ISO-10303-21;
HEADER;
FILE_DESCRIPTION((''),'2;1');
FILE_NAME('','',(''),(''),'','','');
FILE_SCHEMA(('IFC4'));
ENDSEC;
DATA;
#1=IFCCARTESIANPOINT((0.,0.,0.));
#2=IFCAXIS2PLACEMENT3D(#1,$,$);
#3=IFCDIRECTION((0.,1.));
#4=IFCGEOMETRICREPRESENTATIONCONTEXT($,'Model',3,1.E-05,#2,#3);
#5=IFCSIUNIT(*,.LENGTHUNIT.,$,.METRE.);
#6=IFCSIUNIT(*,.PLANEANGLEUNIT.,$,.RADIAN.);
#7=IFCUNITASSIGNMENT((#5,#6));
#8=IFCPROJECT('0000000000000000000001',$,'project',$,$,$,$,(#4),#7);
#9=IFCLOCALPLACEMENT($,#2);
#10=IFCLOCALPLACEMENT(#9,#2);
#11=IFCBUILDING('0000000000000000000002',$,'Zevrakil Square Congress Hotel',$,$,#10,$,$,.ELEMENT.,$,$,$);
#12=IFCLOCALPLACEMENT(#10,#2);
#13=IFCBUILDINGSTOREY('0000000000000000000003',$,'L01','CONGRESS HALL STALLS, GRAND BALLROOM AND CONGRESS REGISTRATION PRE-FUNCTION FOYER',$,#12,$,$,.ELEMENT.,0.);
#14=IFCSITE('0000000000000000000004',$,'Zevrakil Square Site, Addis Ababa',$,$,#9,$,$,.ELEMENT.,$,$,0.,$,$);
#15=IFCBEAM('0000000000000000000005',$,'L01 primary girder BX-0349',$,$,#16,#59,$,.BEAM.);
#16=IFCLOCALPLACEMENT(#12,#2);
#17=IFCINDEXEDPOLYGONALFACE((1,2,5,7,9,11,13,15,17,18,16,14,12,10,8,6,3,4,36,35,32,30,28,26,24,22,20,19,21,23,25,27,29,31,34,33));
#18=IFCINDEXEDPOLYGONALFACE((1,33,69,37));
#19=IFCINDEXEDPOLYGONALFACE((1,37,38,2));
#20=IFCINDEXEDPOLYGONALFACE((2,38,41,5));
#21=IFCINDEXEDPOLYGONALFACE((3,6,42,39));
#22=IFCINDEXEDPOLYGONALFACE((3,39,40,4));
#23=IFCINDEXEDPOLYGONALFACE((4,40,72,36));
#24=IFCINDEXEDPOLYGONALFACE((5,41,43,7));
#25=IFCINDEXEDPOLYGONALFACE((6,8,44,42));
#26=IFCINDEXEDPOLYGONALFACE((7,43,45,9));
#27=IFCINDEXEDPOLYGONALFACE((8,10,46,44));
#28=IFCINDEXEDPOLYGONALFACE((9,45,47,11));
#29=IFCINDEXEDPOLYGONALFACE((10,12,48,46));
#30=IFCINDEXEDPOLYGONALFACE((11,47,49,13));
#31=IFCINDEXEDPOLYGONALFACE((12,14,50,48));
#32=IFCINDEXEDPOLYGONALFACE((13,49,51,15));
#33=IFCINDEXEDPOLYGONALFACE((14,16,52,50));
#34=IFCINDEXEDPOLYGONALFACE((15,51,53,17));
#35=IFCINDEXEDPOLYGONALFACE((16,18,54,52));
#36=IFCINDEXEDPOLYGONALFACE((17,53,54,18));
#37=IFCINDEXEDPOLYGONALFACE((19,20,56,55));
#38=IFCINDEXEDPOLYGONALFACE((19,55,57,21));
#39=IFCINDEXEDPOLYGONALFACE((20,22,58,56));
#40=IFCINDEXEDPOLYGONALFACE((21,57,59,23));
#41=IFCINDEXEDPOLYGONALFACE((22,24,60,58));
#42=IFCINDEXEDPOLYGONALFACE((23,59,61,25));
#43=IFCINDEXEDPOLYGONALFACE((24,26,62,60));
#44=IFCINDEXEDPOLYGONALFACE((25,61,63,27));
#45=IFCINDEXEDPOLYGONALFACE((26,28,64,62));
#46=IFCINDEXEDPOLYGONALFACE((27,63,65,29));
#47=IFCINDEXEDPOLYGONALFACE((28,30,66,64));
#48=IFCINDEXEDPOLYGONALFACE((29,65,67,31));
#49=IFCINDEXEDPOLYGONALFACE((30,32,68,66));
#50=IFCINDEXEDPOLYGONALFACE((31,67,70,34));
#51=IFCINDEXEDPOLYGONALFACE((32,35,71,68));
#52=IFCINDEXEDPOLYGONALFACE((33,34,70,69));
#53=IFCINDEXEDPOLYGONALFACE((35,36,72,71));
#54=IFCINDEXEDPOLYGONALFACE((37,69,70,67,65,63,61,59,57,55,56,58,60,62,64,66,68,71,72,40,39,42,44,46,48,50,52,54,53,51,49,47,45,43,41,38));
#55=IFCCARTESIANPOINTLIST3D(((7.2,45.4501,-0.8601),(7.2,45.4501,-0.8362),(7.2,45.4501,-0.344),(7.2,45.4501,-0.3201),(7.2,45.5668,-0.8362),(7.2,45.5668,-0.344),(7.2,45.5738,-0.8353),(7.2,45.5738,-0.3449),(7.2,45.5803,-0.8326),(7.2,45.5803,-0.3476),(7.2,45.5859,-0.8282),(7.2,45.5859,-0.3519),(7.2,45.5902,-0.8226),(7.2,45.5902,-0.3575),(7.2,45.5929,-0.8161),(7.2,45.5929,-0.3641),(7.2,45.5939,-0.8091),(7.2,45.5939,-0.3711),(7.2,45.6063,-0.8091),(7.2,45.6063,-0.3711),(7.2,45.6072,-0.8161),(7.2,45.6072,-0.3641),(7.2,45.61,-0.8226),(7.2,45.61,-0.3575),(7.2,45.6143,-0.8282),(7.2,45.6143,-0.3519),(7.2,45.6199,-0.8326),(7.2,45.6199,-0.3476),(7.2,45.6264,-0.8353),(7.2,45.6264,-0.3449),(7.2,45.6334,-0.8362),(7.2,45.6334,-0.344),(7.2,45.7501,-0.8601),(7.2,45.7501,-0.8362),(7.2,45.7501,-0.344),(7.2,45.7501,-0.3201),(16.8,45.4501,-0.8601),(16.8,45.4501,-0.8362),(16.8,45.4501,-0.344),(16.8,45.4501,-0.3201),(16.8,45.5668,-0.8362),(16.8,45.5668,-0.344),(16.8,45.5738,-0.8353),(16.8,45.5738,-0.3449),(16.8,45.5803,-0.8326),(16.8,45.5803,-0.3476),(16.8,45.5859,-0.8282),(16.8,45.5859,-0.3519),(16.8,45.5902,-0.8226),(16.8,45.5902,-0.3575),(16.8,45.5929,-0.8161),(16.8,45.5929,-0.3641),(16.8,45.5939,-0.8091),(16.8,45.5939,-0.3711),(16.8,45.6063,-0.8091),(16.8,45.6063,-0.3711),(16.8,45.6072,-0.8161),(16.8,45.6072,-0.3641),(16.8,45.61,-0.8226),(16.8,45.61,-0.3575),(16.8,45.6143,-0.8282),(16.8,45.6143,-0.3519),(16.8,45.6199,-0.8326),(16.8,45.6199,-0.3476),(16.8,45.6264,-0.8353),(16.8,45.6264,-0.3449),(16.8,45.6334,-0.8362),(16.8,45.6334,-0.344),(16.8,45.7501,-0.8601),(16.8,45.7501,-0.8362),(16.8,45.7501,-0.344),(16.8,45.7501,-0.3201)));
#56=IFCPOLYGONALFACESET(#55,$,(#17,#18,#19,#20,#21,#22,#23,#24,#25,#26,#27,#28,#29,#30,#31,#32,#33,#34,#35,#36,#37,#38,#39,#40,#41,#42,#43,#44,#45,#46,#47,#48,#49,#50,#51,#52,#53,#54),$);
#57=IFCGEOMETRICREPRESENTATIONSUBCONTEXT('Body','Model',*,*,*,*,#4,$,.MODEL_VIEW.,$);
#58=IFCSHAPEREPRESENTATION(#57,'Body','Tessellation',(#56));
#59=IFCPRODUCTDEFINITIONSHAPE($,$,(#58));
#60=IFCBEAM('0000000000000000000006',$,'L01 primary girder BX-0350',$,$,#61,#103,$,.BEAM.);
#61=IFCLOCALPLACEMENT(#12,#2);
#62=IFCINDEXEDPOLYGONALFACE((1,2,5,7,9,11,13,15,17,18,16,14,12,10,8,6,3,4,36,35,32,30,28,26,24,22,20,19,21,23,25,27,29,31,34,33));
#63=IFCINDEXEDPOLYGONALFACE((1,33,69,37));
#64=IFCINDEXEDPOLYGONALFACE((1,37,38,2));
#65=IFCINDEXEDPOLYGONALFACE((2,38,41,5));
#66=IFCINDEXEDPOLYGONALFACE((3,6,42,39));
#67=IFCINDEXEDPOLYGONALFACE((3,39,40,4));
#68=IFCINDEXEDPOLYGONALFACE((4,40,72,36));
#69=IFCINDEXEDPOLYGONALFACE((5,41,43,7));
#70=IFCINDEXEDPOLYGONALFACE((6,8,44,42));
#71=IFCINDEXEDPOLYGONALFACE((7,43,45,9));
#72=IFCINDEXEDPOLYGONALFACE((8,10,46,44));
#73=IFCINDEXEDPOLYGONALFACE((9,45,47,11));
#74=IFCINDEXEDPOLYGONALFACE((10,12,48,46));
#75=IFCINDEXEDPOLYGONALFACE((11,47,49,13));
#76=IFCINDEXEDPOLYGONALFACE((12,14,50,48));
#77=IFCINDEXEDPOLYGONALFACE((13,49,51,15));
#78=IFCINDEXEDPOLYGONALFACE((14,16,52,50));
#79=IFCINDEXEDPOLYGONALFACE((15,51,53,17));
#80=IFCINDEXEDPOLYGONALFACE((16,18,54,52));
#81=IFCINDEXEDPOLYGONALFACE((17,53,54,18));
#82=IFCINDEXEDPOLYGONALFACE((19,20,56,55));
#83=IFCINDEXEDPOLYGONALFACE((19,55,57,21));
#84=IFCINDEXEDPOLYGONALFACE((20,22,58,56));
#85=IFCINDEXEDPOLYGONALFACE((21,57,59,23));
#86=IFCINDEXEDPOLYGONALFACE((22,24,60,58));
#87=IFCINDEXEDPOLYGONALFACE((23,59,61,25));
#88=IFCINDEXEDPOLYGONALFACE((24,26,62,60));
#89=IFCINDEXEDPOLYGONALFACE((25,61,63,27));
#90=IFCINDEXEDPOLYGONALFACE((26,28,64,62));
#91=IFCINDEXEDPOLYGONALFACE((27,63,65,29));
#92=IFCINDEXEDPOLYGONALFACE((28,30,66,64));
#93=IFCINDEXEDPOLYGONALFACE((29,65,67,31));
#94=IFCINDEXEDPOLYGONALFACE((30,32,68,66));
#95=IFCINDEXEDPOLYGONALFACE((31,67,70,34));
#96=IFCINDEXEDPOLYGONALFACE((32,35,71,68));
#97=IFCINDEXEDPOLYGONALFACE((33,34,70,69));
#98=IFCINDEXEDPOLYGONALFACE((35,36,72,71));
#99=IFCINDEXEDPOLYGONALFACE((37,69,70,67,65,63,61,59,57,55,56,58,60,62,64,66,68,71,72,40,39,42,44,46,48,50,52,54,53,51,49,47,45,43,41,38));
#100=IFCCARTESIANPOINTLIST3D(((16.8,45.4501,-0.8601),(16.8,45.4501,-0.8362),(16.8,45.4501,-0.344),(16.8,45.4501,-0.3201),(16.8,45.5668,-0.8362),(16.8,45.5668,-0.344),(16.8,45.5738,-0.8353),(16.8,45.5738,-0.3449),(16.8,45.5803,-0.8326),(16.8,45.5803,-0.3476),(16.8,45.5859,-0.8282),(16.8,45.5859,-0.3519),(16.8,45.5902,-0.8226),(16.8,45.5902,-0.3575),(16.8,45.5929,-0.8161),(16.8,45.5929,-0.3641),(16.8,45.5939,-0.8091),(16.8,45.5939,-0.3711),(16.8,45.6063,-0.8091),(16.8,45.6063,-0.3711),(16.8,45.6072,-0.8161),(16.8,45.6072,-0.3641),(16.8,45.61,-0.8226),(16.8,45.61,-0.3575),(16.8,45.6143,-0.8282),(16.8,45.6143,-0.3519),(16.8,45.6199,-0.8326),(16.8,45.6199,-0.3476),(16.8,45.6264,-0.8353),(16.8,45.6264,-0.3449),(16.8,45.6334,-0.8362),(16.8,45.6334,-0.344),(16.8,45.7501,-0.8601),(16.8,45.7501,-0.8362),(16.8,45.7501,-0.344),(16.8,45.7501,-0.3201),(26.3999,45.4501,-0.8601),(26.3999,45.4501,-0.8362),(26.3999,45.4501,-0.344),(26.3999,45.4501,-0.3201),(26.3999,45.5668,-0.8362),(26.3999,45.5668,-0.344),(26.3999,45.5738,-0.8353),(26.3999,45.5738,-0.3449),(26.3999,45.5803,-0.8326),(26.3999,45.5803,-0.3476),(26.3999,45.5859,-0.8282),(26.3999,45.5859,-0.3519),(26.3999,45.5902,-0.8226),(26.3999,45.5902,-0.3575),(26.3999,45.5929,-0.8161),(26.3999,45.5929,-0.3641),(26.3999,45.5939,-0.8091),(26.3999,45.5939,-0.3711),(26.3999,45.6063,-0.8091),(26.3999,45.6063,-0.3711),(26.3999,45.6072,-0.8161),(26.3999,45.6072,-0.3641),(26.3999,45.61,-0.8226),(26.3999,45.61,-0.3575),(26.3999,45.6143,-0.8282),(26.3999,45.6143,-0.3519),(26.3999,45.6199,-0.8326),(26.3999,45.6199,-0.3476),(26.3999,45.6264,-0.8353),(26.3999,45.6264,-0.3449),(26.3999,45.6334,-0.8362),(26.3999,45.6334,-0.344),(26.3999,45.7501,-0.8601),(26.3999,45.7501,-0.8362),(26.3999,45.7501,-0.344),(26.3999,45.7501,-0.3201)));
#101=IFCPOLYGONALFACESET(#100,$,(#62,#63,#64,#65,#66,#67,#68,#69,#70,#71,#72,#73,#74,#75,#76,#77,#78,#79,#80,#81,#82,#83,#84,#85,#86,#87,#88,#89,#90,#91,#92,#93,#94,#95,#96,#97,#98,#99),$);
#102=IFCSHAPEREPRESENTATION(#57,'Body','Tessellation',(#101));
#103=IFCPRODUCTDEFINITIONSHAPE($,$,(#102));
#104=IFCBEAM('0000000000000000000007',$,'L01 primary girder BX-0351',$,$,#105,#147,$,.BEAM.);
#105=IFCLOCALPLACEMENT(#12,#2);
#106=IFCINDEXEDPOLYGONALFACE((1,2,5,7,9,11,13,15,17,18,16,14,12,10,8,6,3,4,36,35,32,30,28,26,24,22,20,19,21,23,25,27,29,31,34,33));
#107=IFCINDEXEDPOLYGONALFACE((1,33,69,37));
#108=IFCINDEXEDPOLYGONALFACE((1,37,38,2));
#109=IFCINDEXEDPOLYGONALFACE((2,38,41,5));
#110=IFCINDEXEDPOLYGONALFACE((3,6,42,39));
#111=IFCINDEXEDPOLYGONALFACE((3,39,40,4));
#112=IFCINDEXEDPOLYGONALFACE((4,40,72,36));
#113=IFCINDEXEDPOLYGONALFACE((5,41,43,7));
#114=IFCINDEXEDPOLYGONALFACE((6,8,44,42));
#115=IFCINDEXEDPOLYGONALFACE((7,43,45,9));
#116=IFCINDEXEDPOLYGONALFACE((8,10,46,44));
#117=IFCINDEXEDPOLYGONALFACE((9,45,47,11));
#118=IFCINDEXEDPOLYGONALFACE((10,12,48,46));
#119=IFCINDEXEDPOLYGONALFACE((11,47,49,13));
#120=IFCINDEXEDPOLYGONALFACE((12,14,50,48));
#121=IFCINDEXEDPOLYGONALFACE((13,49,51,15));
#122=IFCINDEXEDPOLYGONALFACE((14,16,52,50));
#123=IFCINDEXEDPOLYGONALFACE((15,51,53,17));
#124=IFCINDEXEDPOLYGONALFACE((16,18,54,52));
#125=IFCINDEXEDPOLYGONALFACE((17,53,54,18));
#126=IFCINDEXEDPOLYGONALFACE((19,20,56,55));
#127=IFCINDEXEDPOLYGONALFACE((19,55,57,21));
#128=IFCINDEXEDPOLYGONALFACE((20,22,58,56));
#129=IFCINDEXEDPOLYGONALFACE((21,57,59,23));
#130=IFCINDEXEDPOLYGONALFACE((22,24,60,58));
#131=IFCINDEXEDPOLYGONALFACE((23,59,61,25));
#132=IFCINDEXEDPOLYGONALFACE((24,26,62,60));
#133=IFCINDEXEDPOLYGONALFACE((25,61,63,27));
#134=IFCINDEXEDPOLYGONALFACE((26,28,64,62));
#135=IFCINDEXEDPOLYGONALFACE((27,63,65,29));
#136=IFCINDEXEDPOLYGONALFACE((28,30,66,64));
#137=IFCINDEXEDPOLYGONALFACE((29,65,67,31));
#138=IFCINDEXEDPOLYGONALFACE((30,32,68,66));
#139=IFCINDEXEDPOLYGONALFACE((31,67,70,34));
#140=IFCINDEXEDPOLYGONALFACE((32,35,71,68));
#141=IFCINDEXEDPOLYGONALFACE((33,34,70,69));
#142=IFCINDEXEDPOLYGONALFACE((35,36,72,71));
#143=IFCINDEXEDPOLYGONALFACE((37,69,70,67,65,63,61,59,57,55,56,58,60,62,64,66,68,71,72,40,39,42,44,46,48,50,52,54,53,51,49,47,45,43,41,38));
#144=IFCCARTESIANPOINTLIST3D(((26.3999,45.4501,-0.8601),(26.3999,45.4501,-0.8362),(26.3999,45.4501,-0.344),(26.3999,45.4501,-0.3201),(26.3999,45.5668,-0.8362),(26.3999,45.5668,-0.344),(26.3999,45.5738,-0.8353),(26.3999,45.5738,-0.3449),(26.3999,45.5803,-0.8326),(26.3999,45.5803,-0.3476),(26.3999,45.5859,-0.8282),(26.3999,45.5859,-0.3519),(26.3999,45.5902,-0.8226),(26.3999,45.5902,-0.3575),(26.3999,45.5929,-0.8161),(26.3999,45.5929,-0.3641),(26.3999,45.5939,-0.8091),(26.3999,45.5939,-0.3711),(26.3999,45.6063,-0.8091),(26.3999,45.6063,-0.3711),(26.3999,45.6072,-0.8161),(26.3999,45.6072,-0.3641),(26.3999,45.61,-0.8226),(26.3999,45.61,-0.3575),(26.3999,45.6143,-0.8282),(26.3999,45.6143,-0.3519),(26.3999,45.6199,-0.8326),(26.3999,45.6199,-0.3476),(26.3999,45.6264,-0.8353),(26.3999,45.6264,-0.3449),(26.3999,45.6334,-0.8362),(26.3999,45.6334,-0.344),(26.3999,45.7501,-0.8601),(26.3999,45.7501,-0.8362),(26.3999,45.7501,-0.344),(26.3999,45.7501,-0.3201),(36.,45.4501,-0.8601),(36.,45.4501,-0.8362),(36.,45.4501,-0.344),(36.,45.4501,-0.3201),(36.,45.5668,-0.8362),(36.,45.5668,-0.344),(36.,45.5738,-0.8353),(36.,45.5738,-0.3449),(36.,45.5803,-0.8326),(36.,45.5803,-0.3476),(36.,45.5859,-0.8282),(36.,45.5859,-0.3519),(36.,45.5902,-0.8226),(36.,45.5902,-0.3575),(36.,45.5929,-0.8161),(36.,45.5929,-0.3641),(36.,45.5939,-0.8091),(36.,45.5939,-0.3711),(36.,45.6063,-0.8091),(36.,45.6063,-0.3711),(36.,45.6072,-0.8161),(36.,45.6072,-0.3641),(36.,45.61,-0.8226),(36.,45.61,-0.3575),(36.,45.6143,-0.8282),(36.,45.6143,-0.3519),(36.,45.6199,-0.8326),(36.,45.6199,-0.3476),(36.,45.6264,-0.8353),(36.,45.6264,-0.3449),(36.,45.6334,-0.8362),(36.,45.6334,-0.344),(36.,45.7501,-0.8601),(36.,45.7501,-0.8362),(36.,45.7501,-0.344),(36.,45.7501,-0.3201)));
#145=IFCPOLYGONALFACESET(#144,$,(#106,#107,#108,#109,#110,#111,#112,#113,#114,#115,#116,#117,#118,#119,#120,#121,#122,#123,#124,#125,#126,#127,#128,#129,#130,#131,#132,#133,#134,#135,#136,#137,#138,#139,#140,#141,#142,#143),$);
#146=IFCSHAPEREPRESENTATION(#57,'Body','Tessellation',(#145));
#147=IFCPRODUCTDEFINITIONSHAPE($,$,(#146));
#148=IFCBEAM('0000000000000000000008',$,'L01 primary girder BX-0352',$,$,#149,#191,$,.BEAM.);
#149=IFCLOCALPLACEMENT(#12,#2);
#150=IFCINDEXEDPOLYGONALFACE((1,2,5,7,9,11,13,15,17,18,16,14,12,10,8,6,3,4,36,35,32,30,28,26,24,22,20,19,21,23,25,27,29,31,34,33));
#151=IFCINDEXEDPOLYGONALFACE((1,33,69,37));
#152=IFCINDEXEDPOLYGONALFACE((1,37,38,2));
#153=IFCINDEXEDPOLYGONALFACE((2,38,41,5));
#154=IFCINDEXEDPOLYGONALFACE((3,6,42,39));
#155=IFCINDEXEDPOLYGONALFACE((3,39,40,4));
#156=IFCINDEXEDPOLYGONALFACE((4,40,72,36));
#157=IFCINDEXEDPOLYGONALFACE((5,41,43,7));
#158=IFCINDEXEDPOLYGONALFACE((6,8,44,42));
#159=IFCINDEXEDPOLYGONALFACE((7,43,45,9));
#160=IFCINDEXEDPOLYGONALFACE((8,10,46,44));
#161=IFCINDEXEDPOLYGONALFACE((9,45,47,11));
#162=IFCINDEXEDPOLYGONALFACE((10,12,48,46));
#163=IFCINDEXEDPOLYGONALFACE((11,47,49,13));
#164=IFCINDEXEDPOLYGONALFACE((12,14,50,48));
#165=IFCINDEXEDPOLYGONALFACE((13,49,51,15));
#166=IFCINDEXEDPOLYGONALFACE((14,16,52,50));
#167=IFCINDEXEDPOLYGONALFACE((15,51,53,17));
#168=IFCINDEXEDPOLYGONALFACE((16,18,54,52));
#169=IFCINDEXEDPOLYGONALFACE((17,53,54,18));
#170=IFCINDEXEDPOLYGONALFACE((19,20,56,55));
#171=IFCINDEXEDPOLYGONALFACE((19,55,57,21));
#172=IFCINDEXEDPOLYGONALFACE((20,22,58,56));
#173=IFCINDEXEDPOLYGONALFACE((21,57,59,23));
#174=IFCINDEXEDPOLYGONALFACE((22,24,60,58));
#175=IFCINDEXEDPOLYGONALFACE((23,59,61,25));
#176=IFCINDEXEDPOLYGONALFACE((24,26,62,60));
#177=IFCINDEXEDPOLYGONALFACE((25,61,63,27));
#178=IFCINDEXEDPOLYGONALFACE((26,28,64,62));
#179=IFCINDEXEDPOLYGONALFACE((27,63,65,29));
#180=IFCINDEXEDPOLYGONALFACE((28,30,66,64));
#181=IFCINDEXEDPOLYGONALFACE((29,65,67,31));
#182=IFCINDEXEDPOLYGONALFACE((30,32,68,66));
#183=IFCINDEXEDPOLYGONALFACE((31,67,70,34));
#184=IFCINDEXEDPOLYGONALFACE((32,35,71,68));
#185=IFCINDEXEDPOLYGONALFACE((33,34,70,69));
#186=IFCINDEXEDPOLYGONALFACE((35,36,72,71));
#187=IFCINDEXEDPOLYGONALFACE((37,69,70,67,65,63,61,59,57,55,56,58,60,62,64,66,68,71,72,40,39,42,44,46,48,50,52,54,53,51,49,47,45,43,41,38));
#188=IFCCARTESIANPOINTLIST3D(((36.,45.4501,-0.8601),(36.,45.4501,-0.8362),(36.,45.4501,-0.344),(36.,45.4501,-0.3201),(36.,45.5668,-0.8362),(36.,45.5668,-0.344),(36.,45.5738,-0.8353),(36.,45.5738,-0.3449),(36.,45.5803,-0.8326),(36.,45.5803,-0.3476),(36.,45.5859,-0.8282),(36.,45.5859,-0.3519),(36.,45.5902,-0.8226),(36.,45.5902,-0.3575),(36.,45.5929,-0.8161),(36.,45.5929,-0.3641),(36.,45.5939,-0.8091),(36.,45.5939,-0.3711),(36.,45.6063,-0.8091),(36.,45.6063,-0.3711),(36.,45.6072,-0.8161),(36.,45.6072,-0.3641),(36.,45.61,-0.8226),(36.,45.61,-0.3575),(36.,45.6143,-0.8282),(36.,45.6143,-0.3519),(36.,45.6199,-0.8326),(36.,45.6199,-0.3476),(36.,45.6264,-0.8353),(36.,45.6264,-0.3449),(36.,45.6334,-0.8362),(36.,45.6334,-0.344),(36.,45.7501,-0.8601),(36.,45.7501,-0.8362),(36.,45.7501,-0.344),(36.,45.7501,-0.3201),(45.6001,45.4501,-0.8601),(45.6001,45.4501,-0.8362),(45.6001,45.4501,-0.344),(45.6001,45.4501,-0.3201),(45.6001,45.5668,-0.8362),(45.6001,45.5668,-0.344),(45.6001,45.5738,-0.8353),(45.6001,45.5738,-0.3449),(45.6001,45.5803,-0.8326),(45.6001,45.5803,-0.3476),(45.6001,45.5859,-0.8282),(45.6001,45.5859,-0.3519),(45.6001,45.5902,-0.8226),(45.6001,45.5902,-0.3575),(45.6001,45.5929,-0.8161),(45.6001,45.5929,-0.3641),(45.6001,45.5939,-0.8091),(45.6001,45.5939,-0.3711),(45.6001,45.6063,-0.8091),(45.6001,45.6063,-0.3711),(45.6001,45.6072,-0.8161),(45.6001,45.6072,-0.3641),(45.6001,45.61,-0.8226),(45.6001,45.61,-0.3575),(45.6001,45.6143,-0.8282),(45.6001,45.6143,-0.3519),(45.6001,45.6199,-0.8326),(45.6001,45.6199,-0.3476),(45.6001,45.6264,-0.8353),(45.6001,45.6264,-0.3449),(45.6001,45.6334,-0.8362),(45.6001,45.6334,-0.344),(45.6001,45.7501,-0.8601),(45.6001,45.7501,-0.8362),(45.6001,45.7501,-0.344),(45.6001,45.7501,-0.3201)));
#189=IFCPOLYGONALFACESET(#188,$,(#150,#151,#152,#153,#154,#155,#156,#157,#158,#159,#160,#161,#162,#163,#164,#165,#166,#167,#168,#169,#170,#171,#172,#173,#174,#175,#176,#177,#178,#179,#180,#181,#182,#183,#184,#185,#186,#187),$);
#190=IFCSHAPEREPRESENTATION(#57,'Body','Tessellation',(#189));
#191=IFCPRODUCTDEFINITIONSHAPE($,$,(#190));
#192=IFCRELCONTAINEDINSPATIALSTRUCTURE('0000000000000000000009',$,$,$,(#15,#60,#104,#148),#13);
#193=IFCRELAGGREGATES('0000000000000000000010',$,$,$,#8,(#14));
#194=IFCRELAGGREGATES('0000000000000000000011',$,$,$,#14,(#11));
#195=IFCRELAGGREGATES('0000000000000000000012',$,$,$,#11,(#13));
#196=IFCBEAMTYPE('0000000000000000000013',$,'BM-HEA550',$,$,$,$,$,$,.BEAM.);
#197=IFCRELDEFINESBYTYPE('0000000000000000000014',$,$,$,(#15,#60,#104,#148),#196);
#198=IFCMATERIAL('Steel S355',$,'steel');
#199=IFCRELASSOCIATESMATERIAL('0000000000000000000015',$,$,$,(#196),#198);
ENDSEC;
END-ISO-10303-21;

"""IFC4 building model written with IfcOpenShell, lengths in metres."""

from ifc_helpers import new_model, si_unit, direction, frame, origin, origin_2d, place, context, subcontext, project, spatial, i_section, extrude, material, material_profile, profile_set, type_object, element, save


model = new_model("IFC4")

# Units and contexts
model_context = context("Model", 3, precision=1e-05, world=origin(), true_north=direction((0.0, 1.0)))
body_context = subcontext(model_context, "Body", "Model", "MODEL_VIEW")
ifc_project = project(units=[si_unit("LENGTHUNIT", "METRE"), si_unit("PLANEANGLEUNIT", "RADIAN")], contexts=[model_context])

# Site, building, storey
site_placement = place(None, origin())
site = spatial("IfcSite", under=ifc_project, at=site_placement, Name="Zevrakil Square Site, Addis Ababa", CompositionType="ELEMENT", RefElevation=0.0)
building_placement = place(site_placement, origin())
building = spatial("IfcBuilding", under=site, at=building_placement, Name="Zevrakil Square Congress Hotel", CompositionType="ELEMENT")
storey_placement = place(building_placement, origin())
storey = spatial("IfcBuildingStorey", under=building, at=storey_placement, Name="L01", Description="CONGRESS HALL STALLS, GRAND BALLROOM AND CONGRESS REGISTRATION PRE-FUNCTION FOYER", CompositionType="ELEMENT", Elevation=0.0)

# Beams
ifc_material_1 = material(Name="Steel S355", Category="steel")
ifc_material_profile_1 = material_profile(ifc_material_1, i_section(OverallWidth=0.3, OverallDepth=0.54, WebThickness=0.0125, FlangeThickness=0.0239, FilletRadius=0.0271, at=origin_2d()), Name="HEA 550")
ifc_profile_set_1 = profile_set([ifc_material_profile_1], Name="Steel S355")
beam_type_1 = type_object("IfcBeamType", Name="BM-HEA550", PredefinedType="BEAM", material=ifc_profile_set_1)
for number, where, z_axis, x_axis, name in (
    (1, (7.2, 45.6001, -0.5901), (1.0, 0.0, 0.0), (0.0, 1.0, 0.0), "L01 primary girder BX-0349"),
):
    element("IfcBeam", number, at=place(storey_placement, frame(where, z_axis=z_axis, x_axis=x_axis)), inside=storey, type_object=beam_type_1, Name=name, PredefinedType="BEAM", context=body_context, shape_type="SweptSolid", body=[
        extrude(i_section(OverallWidth=0.3, OverallDepth=0.54, WebThickness=0.0125, FlangeThickness=0.0239, FilletRadius=0.0271, at=origin_2d()), origin(), (0.0, 0.0, 1.0), 9.6001),
    ])
beam_1_placement = place(storey_placement, frame((16.8, 45.6001, -0.5901), z_axis=(1.0, 0.0, 0.0), x_axis=(0.0, 1.0, 0.0)))
element("IfcBeam", 2, at=beam_1_placement, inside=storey, type_object=beam_type_1, Name="L01 primary girder BX-0350", PredefinedType="BEAM", context=body_context, shape_type="SweptSolid", body=[
    extrude(i_section(OverallWidth=0.3, OverallDepth=0.54, WebThickness=0.0125, FlangeThickness=0.0239, FilletRadius=0.0271, at=origin_2d()), origin(), (0.0, 0.0, 1.0), 9.5999),
])
for number, where, z_axis, x_axis, name in (
    (3, (26.3999, 45.6001, -0.5901), (1.0, 0.0, 0.0), (0.0, 1.0, 0.0), "L01 primary girder BX-0351"),
    (4, (36.0, 45.6001, -0.5901), (1.0, 0.0, 0.0), (0.0, 1.0, 0.0), "L01 primary girder BX-0352"),
):
    element("IfcBeam", number, at=place(storey_placement, frame(where, z_axis=z_axis, x_axis=x_axis)), inside=storey, type_object=beam_type_1, Name=name, PredefinedType="BEAM", context=body_context, shape_type="SweptSolid", body=[
        extrude(i_section(OverallWidth=0.3, OverallDepth=0.54, WebThickness=0.0125, FlangeThickness=0.0239, FilletRadius=0.0271, at=origin_2d()), origin(), (0.0, 0.0, 1.0), 9.6001),
    ])

save(model, "model.ifc")
